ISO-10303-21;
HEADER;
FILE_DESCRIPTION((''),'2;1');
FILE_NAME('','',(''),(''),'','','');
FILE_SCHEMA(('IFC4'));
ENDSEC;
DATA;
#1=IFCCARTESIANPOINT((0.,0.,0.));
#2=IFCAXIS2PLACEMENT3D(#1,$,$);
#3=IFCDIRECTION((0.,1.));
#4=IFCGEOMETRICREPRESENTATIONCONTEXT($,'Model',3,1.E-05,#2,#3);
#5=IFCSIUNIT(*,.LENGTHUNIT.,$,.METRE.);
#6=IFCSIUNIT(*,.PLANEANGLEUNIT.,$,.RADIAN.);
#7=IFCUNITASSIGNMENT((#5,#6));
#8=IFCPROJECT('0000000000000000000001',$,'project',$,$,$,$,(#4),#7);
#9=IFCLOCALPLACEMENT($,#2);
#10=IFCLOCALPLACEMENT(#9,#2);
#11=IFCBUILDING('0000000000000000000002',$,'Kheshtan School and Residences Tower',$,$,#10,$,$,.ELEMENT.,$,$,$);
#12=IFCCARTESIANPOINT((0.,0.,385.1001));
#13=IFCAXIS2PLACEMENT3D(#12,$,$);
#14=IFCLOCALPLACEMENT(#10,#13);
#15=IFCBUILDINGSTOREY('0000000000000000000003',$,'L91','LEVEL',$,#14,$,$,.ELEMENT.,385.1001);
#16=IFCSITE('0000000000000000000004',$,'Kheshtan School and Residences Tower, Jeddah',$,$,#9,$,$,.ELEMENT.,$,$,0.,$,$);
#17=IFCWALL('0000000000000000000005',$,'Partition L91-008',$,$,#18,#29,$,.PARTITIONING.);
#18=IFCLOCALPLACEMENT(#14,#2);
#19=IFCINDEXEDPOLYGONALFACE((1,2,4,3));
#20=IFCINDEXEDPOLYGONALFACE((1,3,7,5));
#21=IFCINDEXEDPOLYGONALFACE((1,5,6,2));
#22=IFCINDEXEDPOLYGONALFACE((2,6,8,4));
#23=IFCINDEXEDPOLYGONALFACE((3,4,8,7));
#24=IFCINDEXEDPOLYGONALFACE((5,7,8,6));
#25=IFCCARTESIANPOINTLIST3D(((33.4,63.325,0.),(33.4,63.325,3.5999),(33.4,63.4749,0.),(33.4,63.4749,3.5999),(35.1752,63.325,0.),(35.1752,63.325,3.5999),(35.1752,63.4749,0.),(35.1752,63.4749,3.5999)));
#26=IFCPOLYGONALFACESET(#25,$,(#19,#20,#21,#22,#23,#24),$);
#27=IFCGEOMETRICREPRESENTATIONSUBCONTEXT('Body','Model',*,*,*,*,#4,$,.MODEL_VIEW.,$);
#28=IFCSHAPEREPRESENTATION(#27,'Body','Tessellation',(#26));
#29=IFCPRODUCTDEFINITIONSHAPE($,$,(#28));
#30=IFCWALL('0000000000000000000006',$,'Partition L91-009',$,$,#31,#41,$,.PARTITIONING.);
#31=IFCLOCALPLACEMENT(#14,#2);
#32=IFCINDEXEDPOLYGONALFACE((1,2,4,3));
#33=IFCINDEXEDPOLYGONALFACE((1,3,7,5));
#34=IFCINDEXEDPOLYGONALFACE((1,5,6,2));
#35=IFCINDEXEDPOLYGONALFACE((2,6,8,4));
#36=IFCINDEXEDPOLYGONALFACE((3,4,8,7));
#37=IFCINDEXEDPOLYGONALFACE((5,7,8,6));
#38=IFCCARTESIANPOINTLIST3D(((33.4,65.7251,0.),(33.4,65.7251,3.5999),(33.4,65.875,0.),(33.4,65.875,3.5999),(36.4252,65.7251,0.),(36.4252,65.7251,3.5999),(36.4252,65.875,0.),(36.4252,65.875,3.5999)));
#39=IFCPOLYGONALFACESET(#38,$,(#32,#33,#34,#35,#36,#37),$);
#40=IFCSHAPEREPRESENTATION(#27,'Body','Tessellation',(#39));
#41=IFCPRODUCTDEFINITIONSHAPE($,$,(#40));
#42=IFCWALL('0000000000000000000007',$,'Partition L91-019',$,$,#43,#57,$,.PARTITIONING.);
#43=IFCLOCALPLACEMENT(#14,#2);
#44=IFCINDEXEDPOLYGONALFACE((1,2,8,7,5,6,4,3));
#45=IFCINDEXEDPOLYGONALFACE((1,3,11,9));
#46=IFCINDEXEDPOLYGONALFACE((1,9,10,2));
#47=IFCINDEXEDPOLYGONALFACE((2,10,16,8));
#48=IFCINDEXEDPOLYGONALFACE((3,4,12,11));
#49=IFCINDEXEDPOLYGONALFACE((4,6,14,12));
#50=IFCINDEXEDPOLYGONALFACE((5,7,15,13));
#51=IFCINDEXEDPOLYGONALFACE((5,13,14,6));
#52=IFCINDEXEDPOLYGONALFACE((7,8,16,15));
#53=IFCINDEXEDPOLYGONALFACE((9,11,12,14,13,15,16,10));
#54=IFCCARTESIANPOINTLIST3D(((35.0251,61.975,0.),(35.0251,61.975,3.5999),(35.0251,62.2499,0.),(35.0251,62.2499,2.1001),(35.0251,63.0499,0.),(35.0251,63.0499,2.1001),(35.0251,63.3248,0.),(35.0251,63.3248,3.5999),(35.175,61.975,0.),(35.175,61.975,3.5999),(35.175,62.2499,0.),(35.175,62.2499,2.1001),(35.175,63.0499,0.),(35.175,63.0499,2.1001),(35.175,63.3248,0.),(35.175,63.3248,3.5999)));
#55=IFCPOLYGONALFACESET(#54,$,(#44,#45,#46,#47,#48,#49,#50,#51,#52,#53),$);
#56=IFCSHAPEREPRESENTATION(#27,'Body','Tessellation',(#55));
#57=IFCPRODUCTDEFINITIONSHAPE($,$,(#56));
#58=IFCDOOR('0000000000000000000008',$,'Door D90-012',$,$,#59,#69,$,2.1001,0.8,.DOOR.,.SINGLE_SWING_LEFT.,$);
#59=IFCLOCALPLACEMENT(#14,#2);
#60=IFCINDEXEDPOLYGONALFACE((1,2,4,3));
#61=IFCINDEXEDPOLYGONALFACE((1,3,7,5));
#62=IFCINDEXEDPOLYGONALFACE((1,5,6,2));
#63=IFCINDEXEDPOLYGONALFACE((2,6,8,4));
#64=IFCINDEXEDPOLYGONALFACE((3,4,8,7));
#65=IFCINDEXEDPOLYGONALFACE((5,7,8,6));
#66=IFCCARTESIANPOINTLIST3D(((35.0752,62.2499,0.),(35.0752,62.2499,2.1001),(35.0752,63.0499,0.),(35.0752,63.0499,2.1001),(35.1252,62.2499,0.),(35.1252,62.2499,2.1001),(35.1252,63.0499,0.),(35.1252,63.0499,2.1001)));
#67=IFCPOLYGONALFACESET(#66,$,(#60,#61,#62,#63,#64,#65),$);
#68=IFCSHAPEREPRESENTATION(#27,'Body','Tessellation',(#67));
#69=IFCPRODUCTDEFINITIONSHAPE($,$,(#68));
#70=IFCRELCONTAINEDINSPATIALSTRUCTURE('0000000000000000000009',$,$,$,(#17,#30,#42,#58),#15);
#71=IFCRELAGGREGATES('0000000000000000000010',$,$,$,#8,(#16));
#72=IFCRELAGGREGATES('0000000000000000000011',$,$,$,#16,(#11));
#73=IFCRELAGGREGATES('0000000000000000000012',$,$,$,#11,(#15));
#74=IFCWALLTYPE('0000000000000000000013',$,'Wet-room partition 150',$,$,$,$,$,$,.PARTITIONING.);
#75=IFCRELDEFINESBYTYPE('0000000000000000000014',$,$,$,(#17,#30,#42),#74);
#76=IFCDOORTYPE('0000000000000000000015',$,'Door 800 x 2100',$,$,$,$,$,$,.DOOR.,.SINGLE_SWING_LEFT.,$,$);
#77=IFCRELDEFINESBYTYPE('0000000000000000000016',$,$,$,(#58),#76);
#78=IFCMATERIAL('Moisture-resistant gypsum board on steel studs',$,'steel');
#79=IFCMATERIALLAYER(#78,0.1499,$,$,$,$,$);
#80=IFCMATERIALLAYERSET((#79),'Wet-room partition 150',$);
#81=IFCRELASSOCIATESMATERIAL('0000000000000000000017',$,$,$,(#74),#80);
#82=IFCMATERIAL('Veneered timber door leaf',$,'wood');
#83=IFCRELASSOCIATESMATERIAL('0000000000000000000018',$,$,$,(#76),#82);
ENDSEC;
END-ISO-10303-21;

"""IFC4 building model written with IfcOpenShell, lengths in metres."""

from ifc_helpers import new_model, si_unit, direction, frame, frame_2d, origin, place, context, subcontext, project, spatial, rectangle, extrude, source, transform, mapped, material, layer, layer_set, type_object, element, fill, save


model = new_model("IFC4")

# Units and contexts
model_context = context("Model", 3, precision=1e-05, world=origin(), true_north=direction((0.0, 1.0)))
body_context = subcontext(model_context, "Body", "Model", "MODEL_VIEW")
ifc_project = project(units=[si_unit("LENGTHUNIT", "METRE"), si_unit("PLANEANGLEUNIT", "RADIAN")], contexts=[model_context])

# Site, building, storey
site_placement = place(None, origin())
site = spatial("IfcSite", under=ifc_project, at=site_placement, Name="Kheshtan School and Residences Tower, Jeddah", CompositionType="ELEMENT", RefElevation=0.0)
building_placement = place(site_placement, origin())
building = spatial("IfcBuilding", under=site, at=building_placement, Name="Kheshtan School and Residences Tower", CompositionType="ELEMENT")
storey_placement = place(building_placement, frame((0.0, 0.0, 385.1001)))
storey = spatial("IfcBuildingStorey", under=building, at=storey_placement, Name="L91", Description="LEVEL", CompositionType="ELEMENT", Elevation=385.1001)

# Walls
ifc_material_1 = material(Name="Moisture-resistant gypsum board on steel studs", Category="steel")
ifc_layer_1 = layer(ifc_material_1, 0.1499)
ifc_layer_set_1 = layer_set([ifc_layer_1], Name="Wet-room partition 150")
wall_type_1 = type_object("IfcWallType", Name="Wet-room partition 150", PredefinedType="PARTITIONING", material=ifc_layer_set_1)
wall_1_placement = place(storey_placement, frame((33.3999, 63.3999, 0.0), z_axis=(0.0, 0.0, 1.0), x_axis=(1.0, 0.0, 0.0)))
element("IfcWall", 1, at=wall_1_placement, inside=storey, type_object=wall_type_1, Name="Partition L91-008", PredefinedType="PARTITIONING", context=body_context, shape_type="SweptSolid", body=[
    extrude(rectangle(XDim=1.7751, YDim=0.1499, at=frame_2d((0.8877, 0.0))), origin(), (0.0, 0.0, 1.0), 3.5999),
])
wall_2_placement = place(storey_placement, frame((33.3999, 65.8, 0.0), z_axis=(0.0, 0.0, 1.0), x_axis=(1.0, 0.0, 0.0)))
element("IfcWall", 2, at=wall_2_placement, inside=storey, type_object=wall_type_1, Name="Partition L91-009", PredefinedType="PARTITIONING", context=body_context, shape_type="SweptSolid", body=[
    extrude(rectangle(XDim=3.0251, YDim=0.1499, at=frame_2d((1.5127, 0.0))), origin(), (0.0, 0.0, 1.0), 3.5999),
])

# Wall, opening, door
wall_3_placement = place(storey_placement, frame((35.1001, 61.9751, 0.0), z_axis=(0.0, 0.0, 1.0), x_axis=(0.0, 1.0, 0.0)))
wall_3 = element("IfcWall", 3, at=wall_3_placement, inside=storey, type_object=wall_type_1, Name="Partition L91-019", PredefinedType="PARTITIONING", context=body_context, shape_type="SweptSolid", body=[
    extrude(rectangle(XDim=1.3499, YDim=0.1499, at=frame_2d((0.6748, 0.0))), origin(), (0.0, 0.0, 1.0), 3.5999),
])
opening_1_placement = place(wall_3_placement, frame((0.2749, 0.0, 0.0)))
opening_1 = element("IfcOpeningElement", 4, at=opening_1_placement, cuts=wall_3, PredefinedType="OPENING", context=body_context, shape_type="SweptSolid", body=[
    extrude(rectangle(XDim=0.8, YDim=2.1001, at=frame_2d((0.3999, 1.05))), frame((0.0, 0.085, 0.0), z_axis=(0.0, -1.0, 0.0), x_axis=(1.0, 0.0, 0.0)), (0.0, 0.0, 1.0), 0.1699),
])
ifc_material_2 = material(Name="Veneered timber door leaf", Category="wood")
door_type_1 = type_object("IfcDoorType", Name="Door 800 x 2100", OperationType="SINGLE_SWING_LEFT", PredefinedType="DOOR", material=ifc_material_2)
shared_shape_1 = source(origin(), body_context, "Body", "SweptSolid", [
    extrude(rectangle(XDim=0.8, YDim=2.1001, at=frame_2d((0.3999, 1.05))), frame((0.0, 0.0249, 0.0), z_axis=(0.0, -1.0, 0.0), x_axis=(1.0, 0.0, 0.0)), (0.0, 0.0, 1.0), 0.05),
])
door_1_placement = place(opening_1_placement, origin())
door_1 = element("IfcDoor", 5, at=door_1_placement, inside=storey, type_object=door_type_1, Name="Door D90-012", OperationType="SINGLE_SWING_LEFT", OverallHeight=2.1001, OverallWidth=0.8, PredefinedType="DOOR", context=body_context, shape_type="MappedRepresentation", body=[
    mapped(shared_shape_1, transform((0.0, 0.0, 0.0), x_axis=(1.0, 0.0, 0.0), y_axis=(0.0, 1.0, 0.0), z_axis=(0.0, 0.0, 1.0), scale=1.0)),
])
fill(opening_1, door_1)

save(model, "model.ifc")
